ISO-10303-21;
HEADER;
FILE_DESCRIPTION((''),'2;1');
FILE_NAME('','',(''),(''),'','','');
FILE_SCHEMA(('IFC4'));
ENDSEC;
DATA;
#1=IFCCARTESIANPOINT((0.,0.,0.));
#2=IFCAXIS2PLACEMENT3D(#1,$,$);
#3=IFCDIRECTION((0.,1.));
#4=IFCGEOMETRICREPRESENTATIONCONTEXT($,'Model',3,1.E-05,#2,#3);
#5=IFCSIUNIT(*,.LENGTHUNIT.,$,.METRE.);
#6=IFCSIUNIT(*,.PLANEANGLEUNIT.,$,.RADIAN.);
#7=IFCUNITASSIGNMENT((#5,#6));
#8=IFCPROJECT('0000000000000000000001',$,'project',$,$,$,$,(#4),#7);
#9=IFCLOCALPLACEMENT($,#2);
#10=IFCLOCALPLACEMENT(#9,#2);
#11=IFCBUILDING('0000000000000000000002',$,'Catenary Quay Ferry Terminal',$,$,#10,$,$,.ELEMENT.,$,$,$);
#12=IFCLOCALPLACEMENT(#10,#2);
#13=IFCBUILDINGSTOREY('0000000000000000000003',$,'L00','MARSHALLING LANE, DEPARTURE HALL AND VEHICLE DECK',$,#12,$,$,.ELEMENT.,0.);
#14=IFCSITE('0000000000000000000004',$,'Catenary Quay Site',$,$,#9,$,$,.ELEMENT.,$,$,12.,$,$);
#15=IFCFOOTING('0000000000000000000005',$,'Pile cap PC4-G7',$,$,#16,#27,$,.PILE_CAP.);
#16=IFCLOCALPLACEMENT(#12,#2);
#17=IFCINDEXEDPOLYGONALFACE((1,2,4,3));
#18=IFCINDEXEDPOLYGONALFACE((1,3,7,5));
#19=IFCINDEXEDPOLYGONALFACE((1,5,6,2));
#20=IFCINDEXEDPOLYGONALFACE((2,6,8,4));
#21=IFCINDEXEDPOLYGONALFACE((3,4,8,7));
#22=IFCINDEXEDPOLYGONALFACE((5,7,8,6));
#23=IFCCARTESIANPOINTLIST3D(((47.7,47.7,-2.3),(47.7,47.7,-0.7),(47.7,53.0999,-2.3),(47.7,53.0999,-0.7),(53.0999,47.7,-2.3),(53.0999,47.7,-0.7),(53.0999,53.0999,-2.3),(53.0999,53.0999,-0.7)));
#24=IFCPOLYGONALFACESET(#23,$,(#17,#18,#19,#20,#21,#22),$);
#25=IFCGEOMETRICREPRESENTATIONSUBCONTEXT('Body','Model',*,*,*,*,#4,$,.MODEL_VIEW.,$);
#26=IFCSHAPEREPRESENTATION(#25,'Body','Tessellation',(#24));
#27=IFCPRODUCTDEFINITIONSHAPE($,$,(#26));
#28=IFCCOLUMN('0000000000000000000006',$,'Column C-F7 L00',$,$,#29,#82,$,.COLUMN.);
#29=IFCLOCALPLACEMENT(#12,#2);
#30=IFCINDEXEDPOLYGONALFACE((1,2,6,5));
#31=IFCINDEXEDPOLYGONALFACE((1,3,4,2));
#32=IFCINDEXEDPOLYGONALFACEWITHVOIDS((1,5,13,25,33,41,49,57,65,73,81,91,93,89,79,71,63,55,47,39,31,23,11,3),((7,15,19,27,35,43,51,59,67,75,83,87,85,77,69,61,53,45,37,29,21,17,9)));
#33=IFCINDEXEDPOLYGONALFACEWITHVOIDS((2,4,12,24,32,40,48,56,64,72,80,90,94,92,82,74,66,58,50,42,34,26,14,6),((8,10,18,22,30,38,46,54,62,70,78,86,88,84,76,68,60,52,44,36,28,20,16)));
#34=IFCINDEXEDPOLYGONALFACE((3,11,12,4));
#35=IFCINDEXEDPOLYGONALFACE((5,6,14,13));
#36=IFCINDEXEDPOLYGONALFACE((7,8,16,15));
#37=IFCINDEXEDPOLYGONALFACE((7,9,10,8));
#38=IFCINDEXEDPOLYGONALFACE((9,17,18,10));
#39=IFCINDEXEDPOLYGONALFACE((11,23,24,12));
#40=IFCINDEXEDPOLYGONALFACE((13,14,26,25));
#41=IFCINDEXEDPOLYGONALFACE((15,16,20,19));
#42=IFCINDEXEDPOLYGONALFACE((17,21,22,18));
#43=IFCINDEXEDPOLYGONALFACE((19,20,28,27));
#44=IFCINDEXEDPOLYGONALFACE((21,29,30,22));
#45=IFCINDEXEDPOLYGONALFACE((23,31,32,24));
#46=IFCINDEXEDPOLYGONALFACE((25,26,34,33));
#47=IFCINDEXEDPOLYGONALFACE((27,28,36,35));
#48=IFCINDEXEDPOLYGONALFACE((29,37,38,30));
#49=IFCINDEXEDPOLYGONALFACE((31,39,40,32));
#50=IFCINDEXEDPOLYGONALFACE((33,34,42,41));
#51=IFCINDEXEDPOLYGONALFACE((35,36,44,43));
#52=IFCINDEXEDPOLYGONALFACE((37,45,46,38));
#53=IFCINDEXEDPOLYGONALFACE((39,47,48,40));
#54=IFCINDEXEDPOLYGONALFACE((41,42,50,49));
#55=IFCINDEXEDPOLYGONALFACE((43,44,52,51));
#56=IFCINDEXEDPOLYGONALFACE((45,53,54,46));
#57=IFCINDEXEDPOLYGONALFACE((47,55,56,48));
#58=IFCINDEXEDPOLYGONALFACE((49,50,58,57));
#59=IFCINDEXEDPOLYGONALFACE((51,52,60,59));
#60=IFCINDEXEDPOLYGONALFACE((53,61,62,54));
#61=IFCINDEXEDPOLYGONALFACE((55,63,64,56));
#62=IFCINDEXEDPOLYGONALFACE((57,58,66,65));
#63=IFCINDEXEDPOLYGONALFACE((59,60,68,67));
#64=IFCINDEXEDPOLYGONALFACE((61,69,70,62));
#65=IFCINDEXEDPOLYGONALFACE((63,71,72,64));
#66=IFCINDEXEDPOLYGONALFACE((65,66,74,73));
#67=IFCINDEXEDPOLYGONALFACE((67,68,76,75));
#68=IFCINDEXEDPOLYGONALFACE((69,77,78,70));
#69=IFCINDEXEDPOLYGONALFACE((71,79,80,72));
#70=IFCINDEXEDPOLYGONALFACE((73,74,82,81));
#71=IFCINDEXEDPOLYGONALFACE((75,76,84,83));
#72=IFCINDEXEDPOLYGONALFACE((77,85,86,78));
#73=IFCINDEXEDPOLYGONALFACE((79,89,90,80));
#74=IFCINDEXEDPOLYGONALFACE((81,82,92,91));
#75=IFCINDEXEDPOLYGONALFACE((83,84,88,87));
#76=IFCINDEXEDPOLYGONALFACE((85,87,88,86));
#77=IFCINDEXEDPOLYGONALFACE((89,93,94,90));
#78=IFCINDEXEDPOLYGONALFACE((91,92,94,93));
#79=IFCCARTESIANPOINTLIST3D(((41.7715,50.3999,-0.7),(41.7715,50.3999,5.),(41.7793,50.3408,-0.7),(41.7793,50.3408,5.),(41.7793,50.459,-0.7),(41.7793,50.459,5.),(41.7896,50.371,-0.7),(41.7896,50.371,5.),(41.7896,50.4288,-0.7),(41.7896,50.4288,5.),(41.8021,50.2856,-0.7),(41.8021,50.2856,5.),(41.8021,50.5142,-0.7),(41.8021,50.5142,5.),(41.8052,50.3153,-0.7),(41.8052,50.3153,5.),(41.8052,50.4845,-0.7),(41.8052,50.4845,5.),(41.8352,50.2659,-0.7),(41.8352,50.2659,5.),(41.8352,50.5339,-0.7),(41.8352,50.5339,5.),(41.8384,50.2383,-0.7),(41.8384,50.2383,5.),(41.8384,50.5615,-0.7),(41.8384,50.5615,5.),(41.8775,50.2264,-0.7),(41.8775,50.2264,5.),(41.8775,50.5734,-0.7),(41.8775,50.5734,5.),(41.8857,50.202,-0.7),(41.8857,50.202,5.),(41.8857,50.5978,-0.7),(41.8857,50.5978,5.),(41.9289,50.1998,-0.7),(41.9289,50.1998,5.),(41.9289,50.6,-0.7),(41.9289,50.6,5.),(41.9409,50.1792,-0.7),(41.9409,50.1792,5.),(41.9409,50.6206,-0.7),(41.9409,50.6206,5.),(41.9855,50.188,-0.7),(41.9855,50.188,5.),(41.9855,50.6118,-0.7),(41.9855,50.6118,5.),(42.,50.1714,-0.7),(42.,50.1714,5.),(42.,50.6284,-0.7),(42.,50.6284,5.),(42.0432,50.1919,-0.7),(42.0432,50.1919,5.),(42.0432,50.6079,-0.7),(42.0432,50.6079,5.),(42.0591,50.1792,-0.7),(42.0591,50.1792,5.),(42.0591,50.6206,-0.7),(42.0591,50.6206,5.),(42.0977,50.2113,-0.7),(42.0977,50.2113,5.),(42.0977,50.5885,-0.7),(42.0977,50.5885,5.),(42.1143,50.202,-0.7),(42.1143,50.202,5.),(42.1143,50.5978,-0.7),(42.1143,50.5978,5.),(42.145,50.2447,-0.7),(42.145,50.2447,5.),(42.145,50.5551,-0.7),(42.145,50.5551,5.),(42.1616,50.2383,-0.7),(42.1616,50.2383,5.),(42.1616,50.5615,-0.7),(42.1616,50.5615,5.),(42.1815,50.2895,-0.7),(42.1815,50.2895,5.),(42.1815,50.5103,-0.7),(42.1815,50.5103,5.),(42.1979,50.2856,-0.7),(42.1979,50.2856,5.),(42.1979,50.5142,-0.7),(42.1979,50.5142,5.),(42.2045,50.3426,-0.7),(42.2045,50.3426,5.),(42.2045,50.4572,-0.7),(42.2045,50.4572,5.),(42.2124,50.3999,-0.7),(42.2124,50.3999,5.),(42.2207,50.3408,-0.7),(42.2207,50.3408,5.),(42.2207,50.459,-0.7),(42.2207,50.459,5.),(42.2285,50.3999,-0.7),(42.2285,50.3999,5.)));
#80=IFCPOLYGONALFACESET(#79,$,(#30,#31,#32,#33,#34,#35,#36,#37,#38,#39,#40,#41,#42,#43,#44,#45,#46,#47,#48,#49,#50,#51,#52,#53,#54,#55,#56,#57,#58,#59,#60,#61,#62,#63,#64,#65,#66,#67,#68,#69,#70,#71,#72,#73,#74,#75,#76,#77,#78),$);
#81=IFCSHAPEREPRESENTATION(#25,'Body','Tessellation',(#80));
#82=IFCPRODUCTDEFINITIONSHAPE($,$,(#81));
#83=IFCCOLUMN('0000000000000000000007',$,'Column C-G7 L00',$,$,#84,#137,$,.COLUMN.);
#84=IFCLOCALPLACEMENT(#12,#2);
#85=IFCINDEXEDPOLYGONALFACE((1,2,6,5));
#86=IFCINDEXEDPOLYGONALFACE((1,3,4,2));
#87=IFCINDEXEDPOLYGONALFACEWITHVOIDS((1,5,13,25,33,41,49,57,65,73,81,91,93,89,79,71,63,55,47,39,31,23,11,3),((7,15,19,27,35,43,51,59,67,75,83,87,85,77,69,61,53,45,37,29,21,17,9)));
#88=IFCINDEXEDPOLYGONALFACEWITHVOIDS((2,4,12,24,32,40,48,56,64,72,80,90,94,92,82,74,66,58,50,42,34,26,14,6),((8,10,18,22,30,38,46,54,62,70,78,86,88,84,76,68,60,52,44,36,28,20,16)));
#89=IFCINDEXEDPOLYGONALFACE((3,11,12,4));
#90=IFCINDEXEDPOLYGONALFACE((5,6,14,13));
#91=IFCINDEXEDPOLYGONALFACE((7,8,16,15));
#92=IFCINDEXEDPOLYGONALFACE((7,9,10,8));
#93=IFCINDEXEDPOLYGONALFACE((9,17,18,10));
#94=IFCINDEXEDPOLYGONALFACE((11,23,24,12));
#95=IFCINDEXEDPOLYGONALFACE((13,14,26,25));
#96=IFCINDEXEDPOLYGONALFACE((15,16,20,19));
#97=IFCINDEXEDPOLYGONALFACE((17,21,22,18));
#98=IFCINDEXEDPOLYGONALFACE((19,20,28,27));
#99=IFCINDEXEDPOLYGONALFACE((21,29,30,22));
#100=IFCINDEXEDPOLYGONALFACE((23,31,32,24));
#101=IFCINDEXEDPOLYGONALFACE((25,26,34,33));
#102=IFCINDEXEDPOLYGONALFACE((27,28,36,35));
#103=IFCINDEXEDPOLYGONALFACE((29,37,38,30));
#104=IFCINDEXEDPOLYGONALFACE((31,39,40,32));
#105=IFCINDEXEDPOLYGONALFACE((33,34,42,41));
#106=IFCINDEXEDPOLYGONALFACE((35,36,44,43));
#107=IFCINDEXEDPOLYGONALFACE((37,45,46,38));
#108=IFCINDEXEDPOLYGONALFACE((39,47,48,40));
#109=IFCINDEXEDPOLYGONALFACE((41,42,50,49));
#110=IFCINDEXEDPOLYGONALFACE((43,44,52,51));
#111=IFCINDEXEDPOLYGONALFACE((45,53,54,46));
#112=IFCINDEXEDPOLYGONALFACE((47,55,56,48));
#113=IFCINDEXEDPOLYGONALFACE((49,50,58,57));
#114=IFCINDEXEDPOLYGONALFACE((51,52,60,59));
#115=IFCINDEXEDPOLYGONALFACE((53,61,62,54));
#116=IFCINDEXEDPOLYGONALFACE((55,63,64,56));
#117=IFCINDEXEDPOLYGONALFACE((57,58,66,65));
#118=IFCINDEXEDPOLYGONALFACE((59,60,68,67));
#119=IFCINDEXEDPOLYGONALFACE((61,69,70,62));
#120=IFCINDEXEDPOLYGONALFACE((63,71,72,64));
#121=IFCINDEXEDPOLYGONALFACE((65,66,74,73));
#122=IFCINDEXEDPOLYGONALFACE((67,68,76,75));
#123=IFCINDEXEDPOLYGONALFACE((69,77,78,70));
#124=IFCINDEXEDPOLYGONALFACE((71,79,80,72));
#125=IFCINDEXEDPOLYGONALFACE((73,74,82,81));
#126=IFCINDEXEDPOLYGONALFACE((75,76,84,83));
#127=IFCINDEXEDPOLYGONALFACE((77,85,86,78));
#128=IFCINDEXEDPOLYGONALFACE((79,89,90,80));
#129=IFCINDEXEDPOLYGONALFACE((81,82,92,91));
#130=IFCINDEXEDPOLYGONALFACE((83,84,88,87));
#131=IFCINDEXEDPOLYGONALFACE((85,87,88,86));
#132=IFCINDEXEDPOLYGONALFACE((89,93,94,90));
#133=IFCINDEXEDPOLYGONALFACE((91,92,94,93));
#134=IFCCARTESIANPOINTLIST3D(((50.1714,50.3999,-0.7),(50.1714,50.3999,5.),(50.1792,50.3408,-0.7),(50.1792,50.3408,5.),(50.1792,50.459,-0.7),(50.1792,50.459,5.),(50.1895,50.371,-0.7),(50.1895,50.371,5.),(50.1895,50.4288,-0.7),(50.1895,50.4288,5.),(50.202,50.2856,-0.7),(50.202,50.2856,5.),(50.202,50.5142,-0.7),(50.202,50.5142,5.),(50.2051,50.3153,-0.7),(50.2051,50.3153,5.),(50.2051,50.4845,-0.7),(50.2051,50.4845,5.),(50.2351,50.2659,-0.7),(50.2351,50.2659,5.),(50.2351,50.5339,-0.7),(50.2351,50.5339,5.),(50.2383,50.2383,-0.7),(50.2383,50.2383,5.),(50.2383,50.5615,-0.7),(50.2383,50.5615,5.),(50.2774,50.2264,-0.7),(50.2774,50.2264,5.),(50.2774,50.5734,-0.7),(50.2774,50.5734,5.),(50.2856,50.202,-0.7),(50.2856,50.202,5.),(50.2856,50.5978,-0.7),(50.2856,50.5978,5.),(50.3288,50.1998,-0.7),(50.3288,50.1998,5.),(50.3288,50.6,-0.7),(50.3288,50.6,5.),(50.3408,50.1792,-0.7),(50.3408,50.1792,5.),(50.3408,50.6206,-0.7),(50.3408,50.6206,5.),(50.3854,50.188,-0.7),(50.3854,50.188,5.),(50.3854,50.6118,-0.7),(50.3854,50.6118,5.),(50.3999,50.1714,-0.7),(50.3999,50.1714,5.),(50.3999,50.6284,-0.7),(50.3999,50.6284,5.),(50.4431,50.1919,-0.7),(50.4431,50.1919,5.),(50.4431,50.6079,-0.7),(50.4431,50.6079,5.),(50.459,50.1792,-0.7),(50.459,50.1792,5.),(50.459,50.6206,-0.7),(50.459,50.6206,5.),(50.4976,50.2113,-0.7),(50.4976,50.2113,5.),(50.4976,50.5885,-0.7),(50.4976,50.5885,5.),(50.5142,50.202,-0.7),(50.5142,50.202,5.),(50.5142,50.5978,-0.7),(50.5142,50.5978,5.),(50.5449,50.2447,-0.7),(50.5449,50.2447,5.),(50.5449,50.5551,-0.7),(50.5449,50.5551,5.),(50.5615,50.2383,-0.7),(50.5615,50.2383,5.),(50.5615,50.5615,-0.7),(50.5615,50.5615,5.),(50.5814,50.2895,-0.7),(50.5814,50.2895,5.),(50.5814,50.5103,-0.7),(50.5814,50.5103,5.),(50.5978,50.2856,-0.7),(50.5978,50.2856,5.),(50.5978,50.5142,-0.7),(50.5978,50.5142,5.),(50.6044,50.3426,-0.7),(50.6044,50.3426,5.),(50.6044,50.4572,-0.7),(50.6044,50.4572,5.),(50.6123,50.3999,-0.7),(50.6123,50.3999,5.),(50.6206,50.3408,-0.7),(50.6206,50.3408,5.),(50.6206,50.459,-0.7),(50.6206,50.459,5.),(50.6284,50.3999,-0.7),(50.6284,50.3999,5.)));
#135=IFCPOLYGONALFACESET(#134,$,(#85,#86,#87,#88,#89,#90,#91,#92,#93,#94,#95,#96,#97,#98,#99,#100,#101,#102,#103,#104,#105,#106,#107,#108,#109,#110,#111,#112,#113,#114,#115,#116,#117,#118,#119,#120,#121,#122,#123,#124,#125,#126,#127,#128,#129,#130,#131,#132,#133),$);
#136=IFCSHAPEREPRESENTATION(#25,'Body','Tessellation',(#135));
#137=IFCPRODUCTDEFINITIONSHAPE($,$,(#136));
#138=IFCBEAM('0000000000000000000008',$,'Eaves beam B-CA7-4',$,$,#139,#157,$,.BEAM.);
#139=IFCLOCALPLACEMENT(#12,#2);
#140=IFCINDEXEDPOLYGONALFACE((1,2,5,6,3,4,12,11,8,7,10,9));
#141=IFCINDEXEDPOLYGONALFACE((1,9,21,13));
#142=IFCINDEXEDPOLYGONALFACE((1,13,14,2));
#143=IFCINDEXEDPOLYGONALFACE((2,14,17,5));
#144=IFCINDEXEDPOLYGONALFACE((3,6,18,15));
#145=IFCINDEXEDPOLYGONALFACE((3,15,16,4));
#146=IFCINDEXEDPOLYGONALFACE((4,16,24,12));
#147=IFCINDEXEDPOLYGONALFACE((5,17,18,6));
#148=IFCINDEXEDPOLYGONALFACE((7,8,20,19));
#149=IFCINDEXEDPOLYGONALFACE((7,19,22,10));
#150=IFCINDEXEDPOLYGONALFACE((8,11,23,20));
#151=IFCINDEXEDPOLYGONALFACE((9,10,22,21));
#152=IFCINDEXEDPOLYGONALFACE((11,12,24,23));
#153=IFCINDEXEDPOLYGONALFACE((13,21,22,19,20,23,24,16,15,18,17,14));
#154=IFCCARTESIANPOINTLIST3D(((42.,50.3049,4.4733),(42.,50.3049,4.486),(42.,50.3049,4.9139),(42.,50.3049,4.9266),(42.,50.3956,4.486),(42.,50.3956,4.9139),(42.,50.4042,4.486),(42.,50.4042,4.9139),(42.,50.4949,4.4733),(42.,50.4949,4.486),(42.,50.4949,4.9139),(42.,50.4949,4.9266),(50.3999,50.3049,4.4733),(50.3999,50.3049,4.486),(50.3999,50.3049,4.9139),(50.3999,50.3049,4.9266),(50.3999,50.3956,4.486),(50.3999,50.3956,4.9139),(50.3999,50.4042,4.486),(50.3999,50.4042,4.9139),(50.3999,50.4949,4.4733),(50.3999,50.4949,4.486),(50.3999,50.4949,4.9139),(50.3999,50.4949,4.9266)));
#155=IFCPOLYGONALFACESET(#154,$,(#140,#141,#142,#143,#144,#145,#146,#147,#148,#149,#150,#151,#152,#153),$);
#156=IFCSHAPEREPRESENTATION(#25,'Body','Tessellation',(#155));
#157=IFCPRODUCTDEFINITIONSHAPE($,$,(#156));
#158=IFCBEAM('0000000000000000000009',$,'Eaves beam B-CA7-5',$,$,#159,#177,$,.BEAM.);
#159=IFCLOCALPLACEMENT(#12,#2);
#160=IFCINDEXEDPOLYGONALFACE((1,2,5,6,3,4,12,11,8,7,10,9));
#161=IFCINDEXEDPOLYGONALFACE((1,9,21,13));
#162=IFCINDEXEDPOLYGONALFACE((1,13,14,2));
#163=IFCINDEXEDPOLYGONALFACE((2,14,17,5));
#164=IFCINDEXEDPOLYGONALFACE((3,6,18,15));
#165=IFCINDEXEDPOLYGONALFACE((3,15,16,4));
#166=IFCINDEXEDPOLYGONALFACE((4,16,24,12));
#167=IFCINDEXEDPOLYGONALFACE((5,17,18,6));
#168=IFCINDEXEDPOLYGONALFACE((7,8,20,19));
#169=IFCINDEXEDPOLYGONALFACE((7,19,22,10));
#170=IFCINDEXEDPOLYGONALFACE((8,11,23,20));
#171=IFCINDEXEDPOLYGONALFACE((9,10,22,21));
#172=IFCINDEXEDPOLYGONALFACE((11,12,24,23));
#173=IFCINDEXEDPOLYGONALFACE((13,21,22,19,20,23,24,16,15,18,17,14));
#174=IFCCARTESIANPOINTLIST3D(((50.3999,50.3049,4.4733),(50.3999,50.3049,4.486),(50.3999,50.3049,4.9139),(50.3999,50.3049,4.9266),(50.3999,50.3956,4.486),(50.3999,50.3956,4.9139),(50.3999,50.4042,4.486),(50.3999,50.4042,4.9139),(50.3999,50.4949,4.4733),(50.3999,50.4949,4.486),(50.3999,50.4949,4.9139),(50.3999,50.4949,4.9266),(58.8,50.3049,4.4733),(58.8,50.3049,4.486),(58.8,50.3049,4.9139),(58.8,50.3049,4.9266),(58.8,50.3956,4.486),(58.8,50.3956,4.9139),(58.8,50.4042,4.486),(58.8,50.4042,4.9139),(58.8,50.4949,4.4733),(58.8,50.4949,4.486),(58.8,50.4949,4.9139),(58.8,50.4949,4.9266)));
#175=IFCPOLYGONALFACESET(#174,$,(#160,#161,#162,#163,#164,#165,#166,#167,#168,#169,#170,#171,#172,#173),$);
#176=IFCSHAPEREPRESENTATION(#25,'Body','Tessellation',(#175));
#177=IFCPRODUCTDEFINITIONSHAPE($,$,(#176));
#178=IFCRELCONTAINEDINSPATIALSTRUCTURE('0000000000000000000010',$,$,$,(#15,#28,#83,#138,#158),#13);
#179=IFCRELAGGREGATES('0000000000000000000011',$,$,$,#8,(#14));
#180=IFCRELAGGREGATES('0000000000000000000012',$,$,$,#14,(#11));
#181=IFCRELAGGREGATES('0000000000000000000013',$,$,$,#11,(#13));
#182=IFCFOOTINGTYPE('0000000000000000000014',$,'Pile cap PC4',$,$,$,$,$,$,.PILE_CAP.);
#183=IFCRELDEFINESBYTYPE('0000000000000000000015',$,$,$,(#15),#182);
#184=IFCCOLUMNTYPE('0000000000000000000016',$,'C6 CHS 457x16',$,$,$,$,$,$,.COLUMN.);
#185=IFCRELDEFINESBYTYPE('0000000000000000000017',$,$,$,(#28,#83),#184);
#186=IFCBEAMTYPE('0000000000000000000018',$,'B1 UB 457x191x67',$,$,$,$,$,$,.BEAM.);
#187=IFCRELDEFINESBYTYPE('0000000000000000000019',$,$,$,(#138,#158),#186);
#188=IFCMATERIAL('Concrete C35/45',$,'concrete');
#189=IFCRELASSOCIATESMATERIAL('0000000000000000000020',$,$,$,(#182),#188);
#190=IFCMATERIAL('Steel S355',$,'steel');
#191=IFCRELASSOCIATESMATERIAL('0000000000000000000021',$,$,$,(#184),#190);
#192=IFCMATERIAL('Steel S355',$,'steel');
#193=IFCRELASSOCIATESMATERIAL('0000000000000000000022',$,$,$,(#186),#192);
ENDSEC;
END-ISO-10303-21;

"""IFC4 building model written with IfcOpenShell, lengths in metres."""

from ifc_helpers import new_model, si_unit, direction, frame, origin, origin_2d, place, context, subcontext, project, spatial, rectangle, hollow_circle, i_section, extrude, material, material_profile, profile_set, type_object, element, save


model = new_model("IFC4")

# Units and contexts
model_context = context("Model", 3, precision=1e-05, world=origin(), true_north=direction((0.0, 1.0)))
body_context = subcontext(model_context, "Body", "Model", "MODEL_VIEW")
ifc_project = project(units=[si_unit("LENGTHUNIT", "METRE"), si_unit("PLANEANGLEUNIT", "RADIAN")], contexts=[model_context])

# Site, building, storey
site_placement = place(None, origin())
site = spatial("IfcSite", under=ifc_project, at=site_placement, Name="Catenary Quay Site", CompositionType="ELEMENT", RefElevation=12.0)
building_placement = place(site_placement, origin())
building = spatial("IfcBuilding", under=site, at=building_placement, Name="Catenary Quay Ferry Terminal", CompositionType="ELEMENT")
storey_placement = place(building_placement, origin())
storey = spatial("IfcBuildingStorey", under=building, at=storey_placement, Name="L00", Description="MARSHALLING LANE, DEPARTURE HALL AND VEHICLE DECK", CompositionType="ELEMENT", Elevation=0.0)

# Footing
ifc_material_1 = material(Name="Concrete C35/45", Category="concrete")
footing_type_1 = type_object("IfcFootingType", Name="Pile cap PC4", PredefinedType="PILE_CAP", material=ifc_material_1)
for number, where, z_axis, x_axis, name in (
    (1, (50.3999, 50.3999, -2.3), (0.0, 0.0, 1.0), (1.0, 0.0, 0.0), "Pile cap PC4-G7"),
):
    element("IfcFooting", number, at=place(storey_placement, frame(where, z_axis=z_axis, x_axis=x_axis)), inside=storey, type_object=footing_type_1, Name=name, PredefinedType="PILE_CAP", context=body_context, shape_type="SweptSolid", body=[
        extrude(rectangle(XDim=5.3999, YDim=5.3999, at=origin_2d()), origin(), (0.0, 0.0, 1.0), 1.6001),
    ])

# Columns
ifc_material_2 = material(Name="Steel S355", Category="steel")
ifc_material_profile_1 = material_profile(ifc_material_2, hollow_circle(Radius=0.2285, WallThickness=0.0161, at=origin_2d()), Name="CHS 457x16")
ifc_profile_set_1 = profile_set([ifc_material_profile_1], Name="Steel S355")
column_type = type_object("IfcColumnType", Name="C6 CHS 457x16", PredefinedType="COLUMN", material=ifc_profile_set_1)
for number, where, z_axis, x_axis, name in (
    (2, (42.0, 50.3999, -0.7), (0.0, 0.0, 1.0), (1.0, 0.0, 0.0), "Column C-F7 L00"),
    (3, (50.3999, 50.3999, -0.7), (0.0, 0.0, 1.0), (1.0, 0.0, 0.0), "Column C-G7 L00"),
):
    element("IfcColumn", number, at=place(storey_placement, frame(where, z_axis=z_axis, x_axis=x_axis)), inside=storey, type_object=column_type, Name=name, PredefinedType="COLUMN", context=body_context, shape_type="SweptSolid", body=[
        extrude(hollow_circle(Radius=0.2285, WallThickness=0.0161, at=origin_2d()), origin(), (0.0, 0.0, 1.0), 5.7),
    ])

# Beams
ifc_material_3 = material(Name="Steel S355", Category="steel")
ifc_material_profile_2 = material_profile(ifc_material_3, i_section(OverallWidth=0.1899, OverallDepth=0.4534, WebThickness=0.0085, FlangeThickness=0.0127, at=origin_2d()), Name="UB 457x191x67")
ifc_profile_set_2 = profile_set([ifc_material_profile_2], Name="Steel S355")
beam_type = type_object("IfcBeamType", Name="B1 UB 457x191x67", PredefinedType="BEAM", material=ifc_profile_set_2)
beam_1_placement = place(storey_placement, frame((42.0, 50.3999, 4.7), z_axis=(1.0, 0.0, 0.0), x_axis=(0.0, 1.0, 0.0)))
element("IfcBeam", 4, at=beam_1_placement, inside=storey, type_object=beam_type, Name="Eaves beam B-CA7-4", PredefinedType="BEAM", context=body_context, shape_type="SweptSolid", body=[
    extrude(i_section(OverallWidth=0.1899, OverallDepth=0.4534, WebThickness=0.0085, FlangeThickness=0.0127, at=origin_2d()), origin(), (0.0, 0.0, 1.0), 8.3999),
])
beam_2_placement = place(storey_placement, frame((50.3999, 50.3999, 4.7), z_axis=(1.0, 0.0, 0.0), x_axis=(0.0, 1.0, 0.0)))
element("IfcBeam", 5, at=beam_2_placement, inside=storey, type_object=beam_type, Name="Eaves beam B-CA7-5", PredefinedType="BEAM", context=body_context, shape_type="SweptSolid", body=[
    extrude(i_section(OverallWidth=0.1899, OverallDepth=0.4534, WebThickness=0.0085, FlangeThickness=0.0127, at=origin_2d()), origin(), (0.0, 0.0, 1.0), 8.4001),
])

save(model, "model.ifc")
